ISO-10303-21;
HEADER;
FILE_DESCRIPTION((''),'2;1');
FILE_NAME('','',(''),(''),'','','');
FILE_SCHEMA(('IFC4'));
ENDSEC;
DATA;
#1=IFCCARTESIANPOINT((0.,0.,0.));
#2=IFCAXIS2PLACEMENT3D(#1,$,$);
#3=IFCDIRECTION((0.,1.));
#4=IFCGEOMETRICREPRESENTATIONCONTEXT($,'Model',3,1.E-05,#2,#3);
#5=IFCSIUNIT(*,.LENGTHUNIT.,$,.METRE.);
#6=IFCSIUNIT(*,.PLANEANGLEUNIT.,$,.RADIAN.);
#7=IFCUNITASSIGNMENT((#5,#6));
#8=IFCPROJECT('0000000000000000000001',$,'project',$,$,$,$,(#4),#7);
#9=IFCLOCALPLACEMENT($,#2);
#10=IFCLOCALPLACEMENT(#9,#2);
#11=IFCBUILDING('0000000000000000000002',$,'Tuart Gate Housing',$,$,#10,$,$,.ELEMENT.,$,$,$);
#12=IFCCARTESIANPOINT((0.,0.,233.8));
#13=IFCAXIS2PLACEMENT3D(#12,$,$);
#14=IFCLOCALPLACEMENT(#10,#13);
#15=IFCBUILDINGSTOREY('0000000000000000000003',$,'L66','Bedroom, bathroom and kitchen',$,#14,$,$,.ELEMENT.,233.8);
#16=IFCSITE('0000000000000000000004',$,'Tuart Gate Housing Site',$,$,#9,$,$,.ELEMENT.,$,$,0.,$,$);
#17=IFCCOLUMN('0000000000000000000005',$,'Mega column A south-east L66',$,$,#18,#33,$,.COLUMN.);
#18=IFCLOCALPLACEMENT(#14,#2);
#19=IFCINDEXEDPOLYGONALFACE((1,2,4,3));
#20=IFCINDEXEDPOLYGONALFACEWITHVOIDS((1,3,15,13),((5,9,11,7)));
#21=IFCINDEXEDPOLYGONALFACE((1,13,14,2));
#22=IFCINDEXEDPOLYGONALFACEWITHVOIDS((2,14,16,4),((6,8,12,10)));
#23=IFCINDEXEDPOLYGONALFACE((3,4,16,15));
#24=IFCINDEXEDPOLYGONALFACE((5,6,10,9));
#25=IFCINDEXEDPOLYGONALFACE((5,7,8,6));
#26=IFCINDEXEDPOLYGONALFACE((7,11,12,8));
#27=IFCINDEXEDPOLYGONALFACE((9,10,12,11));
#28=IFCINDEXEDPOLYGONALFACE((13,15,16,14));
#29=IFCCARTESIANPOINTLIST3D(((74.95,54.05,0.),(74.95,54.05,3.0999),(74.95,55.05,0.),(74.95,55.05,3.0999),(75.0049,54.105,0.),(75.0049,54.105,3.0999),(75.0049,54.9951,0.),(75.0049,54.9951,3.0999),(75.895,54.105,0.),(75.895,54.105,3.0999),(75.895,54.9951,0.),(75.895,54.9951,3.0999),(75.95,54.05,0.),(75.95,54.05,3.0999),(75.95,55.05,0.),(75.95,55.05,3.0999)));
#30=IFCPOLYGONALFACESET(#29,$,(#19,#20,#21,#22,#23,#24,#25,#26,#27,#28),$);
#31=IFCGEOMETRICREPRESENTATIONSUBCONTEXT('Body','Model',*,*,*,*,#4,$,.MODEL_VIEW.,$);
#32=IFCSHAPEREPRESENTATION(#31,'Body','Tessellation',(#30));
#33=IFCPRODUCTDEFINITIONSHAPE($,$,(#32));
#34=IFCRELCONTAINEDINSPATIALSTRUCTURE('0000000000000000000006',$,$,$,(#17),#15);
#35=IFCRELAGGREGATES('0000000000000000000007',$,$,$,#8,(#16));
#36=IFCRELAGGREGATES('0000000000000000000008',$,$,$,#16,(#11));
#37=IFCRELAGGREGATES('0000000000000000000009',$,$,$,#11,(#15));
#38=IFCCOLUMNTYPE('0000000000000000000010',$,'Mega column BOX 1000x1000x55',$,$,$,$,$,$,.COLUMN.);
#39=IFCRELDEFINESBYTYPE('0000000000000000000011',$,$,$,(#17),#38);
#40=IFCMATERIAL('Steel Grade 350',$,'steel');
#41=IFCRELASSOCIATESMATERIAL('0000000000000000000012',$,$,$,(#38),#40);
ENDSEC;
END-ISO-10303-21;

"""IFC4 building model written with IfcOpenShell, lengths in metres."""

from ifc_helpers import new_model, si_unit, direction, frame, origin, origin_2d, place, context, subcontext, project, spatial, hollow_rectangle, extrude, material, material_profile, profile_set, type_object, element, save


model = new_model("IFC4")

# Units and contexts
model_context = context("Model", 3, precision=1e-05, world=origin(), true_north=direction((0.0, 1.0)))
body_context = subcontext(model_context, "Body", "Model", "MODEL_VIEW")
ifc_project = project(units=[si_unit("LENGTHUNIT", "METRE"), si_unit("PLANEANGLEUNIT", "RADIAN")], contexts=[model_context])

# Site, building, storey
site_placement = place(None, origin())
site = spatial("IfcSite", under=ifc_project, at=site_placement, Name="Tuart Gate Housing Site", CompositionType="ELEMENT", RefElevation=0.0)
building_placement = place(site_placement, origin())
building = spatial("IfcBuilding", under=site, at=building_placement, Name="Tuart Gate Housing", CompositionType="ELEMENT")
storey_placement = place(building_placement, frame((0.0, 0.0, 233.8)))
storey = spatial("IfcBuildingStorey", under=building, at=storey_placement, Name="L66", Description="Bedroom, bathroom and kitchen", CompositionType="ELEMENT", Elevation=233.8)

# Column
ifc_material_1 = material(Name="Steel Grade 350", Category="steel")
ifc_material_profile = material_profile(ifc_material_1, hollow_rectangle(XDim=1.0, YDim=1.0, WallThickness=0.0549, at=origin_2d()), Name="BOX 1000x1000x55")
ifc_profile_set = profile_set([ifc_material_profile], Name="Steel Grade 350")
column_type = type_object("IfcColumnType", Name="Mega column BOX 1000x1000x55", PredefinedType="COLUMN", material=ifc_profile_set)
column_placement = place(storey_placement, frame((75.45, 54.55, 0.0), z_axis=(0.0, 0.0, 1.0), x_axis=(1.0, 0.0, 0.0)))
element("IfcColumn", 1, at=column_placement, inside=storey, type_object=column_type, Name="Mega column A south-east L66", PredefinedType="COLUMN", context=body_context, shape_type="SweptSolid", body=[
    extrude(hollow_rectangle(XDim=1.0, YDim=1.0, WallThickness=0.0549, at=origin_2d()), origin(), (0.0, 0.0, 1.0), 3.0999),
])

save(model, "model.ifc")
